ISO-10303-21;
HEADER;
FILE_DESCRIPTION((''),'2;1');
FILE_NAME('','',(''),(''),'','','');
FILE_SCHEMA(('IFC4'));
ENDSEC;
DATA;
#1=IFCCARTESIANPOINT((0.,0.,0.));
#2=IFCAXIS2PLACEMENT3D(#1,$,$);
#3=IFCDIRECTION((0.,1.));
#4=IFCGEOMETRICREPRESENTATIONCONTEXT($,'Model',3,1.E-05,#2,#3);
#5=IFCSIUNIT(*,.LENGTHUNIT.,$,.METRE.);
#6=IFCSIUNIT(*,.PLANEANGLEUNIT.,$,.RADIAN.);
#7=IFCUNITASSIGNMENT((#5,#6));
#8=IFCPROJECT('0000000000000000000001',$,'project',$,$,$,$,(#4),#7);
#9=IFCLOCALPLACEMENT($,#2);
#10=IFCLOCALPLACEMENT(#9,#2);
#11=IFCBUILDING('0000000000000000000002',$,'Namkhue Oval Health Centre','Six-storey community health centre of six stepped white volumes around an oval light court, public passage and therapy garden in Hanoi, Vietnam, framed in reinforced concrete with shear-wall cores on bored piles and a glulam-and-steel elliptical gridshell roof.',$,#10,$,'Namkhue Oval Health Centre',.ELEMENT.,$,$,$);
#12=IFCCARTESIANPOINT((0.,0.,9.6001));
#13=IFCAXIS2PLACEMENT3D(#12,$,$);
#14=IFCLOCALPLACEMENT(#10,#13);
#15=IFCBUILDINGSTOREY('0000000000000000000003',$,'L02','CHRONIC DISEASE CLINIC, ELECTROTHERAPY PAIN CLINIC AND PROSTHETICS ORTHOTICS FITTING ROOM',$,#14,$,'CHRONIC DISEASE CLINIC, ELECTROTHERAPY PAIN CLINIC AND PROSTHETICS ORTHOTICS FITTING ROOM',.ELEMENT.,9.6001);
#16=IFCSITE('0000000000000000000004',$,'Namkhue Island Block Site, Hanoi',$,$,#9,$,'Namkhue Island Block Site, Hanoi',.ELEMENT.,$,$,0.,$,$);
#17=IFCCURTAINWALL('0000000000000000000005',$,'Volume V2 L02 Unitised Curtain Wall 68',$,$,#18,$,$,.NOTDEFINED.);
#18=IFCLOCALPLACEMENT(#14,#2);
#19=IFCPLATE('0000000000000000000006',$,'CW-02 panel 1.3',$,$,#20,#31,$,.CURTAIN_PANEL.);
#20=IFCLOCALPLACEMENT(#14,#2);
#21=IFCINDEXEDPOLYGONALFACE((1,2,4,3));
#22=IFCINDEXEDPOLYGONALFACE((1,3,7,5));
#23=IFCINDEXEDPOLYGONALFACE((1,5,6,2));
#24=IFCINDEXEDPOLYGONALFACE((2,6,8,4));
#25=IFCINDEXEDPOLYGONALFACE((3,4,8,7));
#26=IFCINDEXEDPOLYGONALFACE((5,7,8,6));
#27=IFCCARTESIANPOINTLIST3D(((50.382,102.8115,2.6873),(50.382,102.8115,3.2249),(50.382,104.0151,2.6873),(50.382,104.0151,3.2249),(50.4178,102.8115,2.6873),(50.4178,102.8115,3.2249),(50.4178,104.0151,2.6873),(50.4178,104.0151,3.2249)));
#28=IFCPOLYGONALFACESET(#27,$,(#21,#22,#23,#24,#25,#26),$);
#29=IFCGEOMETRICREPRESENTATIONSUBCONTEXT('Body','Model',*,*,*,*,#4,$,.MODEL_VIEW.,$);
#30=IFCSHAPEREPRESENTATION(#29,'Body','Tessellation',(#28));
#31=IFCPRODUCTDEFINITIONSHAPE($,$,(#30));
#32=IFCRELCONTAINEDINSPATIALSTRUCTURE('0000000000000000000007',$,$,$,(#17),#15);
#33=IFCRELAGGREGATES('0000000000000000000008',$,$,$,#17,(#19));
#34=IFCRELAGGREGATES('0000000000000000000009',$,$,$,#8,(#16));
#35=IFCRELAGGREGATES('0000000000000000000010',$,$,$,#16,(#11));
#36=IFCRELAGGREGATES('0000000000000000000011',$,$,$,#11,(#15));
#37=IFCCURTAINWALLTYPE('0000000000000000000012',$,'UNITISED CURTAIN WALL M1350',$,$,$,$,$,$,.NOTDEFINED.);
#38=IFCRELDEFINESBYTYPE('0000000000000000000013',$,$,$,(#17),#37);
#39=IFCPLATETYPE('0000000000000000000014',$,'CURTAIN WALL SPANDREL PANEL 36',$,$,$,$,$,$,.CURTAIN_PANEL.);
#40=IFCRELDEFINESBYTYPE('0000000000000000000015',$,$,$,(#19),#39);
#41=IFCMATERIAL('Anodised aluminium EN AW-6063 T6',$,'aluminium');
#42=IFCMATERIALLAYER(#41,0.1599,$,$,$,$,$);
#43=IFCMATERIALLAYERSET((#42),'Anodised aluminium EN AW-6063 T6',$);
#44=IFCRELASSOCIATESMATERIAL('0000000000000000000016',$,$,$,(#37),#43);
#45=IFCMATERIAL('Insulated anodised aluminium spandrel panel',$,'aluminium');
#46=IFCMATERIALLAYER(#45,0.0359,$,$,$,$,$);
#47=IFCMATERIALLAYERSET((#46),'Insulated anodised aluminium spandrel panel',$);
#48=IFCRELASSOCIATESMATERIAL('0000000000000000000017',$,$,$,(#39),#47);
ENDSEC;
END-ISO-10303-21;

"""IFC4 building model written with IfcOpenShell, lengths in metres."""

from ifc_helpers import new_model, si_unit, direction, frame, origin, origin_2d, place, context, subcontext, project, spatial, rectangle, extrude, material, layer, layer_set, type_object, element, aggregate, save


model = new_model("IFC4")

# Units and contexts
model_context = context("Model", 3, precision=1e-05, world=origin(), true_north=direction((0.0, 1.0)))
body_context = subcontext(model_context, "Body", "Model", "MODEL_VIEW")
ifc_project = project(units=[si_unit("LENGTHUNIT", "METRE"), si_unit("PLANEANGLEUNIT", "RADIAN")], contexts=[model_context])

# Site, building, storey
site_placement = place(None, origin())
site = spatial("IfcSite", under=ifc_project, at=site_placement, Name="Namkhue Island Block Site, Hanoi", LongName="Namkhue Island Block Site, Hanoi", CompositionType="ELEMENT", RefElevation=0.0)
building_placement = place(site_placement, origin())
building = spatial("IfcBuilding", under=site, at=building_placement, Name="Namkhue Oval Health Centre", Description="Six-storey community health centre of six stepped white volumes around an oval light court, public passage and therapy garden in Hanoi, Vietnam, framed in reinforced concrete with shear-wall cores on bored piles and a glulam-and-steel elliptical gridshell roof.", LongName="Namkhue Oval Health Centre", CompositionType="ELEMENT")
storey_placement = place(building_placement, frame((0.0, 0.0, 9.6001)))
storey = spatial("IfcBuildingStorey", under=building, at=storey_placement, Name="L02", Description="CHRONIC DISEASE CLINIC, ELECTROTHERAPY PAIN CLINIC AND PROSTHETICS ORTHOTICS FITTING ROOM", LongName="CHRONIC DISEASE CLINIC, ELECTROTHERAPY PAIN CLINIC AND PROSTHETICS ORTHOTICS FITTING ROOM", CompositionType="ELEMENT", Elevation=9.6001)

# Shared definitions
ifc_material_1 = material(Name="Anodised aluminium EN AW-6063 T6", Category="aluminium")

# Curtain wall
ifc_layer_1 = layer(ifc_material_1, 0.1599)
ifc_layer_set_1 = layer_set([ifc_layer_1], Name="Anodised aluminium EN AW-6063 T6")
curtain_wall_type_1 = type_object("IfcCurtainWallType", Name="UNITISED CURTAIN WALL M1350", PredefinedType="NOTDEFINED", material=ifc_layer_set_1)
curtain_wall_1_placement = place(storey_placement, origin())
curtain_wall_1 = element("IfcCurtainWall", 1, at=curtain_wall_1_placement, inside=storey, type_object=curtain_wall_type_1, Name="Volume V2 L02 Unitised Curtain Wall 68", PredefinedType="NOTDEFINED")

# Plate
ifc_material_2 = material(Name="Insulated anodised aluminium spandrel panel", Category="aluminium")
ifc_layer_2 = layer(ifc_material_2, 0.0359)
ifc_layer_set_2 = layer_set([ifc_layer_2], Name="Insulated anodised aluminium spandrel panel")
plate_type_1 = type_object("IfcPlateType", Name="CURTAIN WALL SPANDREL PANEL 36", PredefinedType="CURTAIN_PANEL", material=ifc_layer_set_2)
plate_1_placement = place(storey_placement, frame((50.3999, 103.4133, 2.6873), z_axis=(0.0, 0.0, 1.0), x_axis=(0.0, -1.0, 0.0)))
plate_1 = element("IfcPlate", 2, at=plate_1_placement, type_object=plate_type_1, Name="CW-02 panel 1.3", PredefinedType="CURTAIN_PANEL", context=body_context, shape_type="SweptSolid", body=[
    extrude(rectangle(XDim=1.2036, YDim=0.0359, at=origin_2d()), origin(), (0.0, 0.0, 1.0), 0.5376),
])
aggregate(curtain_wall_1, [plate_1])

save(model, "model.ifc")
